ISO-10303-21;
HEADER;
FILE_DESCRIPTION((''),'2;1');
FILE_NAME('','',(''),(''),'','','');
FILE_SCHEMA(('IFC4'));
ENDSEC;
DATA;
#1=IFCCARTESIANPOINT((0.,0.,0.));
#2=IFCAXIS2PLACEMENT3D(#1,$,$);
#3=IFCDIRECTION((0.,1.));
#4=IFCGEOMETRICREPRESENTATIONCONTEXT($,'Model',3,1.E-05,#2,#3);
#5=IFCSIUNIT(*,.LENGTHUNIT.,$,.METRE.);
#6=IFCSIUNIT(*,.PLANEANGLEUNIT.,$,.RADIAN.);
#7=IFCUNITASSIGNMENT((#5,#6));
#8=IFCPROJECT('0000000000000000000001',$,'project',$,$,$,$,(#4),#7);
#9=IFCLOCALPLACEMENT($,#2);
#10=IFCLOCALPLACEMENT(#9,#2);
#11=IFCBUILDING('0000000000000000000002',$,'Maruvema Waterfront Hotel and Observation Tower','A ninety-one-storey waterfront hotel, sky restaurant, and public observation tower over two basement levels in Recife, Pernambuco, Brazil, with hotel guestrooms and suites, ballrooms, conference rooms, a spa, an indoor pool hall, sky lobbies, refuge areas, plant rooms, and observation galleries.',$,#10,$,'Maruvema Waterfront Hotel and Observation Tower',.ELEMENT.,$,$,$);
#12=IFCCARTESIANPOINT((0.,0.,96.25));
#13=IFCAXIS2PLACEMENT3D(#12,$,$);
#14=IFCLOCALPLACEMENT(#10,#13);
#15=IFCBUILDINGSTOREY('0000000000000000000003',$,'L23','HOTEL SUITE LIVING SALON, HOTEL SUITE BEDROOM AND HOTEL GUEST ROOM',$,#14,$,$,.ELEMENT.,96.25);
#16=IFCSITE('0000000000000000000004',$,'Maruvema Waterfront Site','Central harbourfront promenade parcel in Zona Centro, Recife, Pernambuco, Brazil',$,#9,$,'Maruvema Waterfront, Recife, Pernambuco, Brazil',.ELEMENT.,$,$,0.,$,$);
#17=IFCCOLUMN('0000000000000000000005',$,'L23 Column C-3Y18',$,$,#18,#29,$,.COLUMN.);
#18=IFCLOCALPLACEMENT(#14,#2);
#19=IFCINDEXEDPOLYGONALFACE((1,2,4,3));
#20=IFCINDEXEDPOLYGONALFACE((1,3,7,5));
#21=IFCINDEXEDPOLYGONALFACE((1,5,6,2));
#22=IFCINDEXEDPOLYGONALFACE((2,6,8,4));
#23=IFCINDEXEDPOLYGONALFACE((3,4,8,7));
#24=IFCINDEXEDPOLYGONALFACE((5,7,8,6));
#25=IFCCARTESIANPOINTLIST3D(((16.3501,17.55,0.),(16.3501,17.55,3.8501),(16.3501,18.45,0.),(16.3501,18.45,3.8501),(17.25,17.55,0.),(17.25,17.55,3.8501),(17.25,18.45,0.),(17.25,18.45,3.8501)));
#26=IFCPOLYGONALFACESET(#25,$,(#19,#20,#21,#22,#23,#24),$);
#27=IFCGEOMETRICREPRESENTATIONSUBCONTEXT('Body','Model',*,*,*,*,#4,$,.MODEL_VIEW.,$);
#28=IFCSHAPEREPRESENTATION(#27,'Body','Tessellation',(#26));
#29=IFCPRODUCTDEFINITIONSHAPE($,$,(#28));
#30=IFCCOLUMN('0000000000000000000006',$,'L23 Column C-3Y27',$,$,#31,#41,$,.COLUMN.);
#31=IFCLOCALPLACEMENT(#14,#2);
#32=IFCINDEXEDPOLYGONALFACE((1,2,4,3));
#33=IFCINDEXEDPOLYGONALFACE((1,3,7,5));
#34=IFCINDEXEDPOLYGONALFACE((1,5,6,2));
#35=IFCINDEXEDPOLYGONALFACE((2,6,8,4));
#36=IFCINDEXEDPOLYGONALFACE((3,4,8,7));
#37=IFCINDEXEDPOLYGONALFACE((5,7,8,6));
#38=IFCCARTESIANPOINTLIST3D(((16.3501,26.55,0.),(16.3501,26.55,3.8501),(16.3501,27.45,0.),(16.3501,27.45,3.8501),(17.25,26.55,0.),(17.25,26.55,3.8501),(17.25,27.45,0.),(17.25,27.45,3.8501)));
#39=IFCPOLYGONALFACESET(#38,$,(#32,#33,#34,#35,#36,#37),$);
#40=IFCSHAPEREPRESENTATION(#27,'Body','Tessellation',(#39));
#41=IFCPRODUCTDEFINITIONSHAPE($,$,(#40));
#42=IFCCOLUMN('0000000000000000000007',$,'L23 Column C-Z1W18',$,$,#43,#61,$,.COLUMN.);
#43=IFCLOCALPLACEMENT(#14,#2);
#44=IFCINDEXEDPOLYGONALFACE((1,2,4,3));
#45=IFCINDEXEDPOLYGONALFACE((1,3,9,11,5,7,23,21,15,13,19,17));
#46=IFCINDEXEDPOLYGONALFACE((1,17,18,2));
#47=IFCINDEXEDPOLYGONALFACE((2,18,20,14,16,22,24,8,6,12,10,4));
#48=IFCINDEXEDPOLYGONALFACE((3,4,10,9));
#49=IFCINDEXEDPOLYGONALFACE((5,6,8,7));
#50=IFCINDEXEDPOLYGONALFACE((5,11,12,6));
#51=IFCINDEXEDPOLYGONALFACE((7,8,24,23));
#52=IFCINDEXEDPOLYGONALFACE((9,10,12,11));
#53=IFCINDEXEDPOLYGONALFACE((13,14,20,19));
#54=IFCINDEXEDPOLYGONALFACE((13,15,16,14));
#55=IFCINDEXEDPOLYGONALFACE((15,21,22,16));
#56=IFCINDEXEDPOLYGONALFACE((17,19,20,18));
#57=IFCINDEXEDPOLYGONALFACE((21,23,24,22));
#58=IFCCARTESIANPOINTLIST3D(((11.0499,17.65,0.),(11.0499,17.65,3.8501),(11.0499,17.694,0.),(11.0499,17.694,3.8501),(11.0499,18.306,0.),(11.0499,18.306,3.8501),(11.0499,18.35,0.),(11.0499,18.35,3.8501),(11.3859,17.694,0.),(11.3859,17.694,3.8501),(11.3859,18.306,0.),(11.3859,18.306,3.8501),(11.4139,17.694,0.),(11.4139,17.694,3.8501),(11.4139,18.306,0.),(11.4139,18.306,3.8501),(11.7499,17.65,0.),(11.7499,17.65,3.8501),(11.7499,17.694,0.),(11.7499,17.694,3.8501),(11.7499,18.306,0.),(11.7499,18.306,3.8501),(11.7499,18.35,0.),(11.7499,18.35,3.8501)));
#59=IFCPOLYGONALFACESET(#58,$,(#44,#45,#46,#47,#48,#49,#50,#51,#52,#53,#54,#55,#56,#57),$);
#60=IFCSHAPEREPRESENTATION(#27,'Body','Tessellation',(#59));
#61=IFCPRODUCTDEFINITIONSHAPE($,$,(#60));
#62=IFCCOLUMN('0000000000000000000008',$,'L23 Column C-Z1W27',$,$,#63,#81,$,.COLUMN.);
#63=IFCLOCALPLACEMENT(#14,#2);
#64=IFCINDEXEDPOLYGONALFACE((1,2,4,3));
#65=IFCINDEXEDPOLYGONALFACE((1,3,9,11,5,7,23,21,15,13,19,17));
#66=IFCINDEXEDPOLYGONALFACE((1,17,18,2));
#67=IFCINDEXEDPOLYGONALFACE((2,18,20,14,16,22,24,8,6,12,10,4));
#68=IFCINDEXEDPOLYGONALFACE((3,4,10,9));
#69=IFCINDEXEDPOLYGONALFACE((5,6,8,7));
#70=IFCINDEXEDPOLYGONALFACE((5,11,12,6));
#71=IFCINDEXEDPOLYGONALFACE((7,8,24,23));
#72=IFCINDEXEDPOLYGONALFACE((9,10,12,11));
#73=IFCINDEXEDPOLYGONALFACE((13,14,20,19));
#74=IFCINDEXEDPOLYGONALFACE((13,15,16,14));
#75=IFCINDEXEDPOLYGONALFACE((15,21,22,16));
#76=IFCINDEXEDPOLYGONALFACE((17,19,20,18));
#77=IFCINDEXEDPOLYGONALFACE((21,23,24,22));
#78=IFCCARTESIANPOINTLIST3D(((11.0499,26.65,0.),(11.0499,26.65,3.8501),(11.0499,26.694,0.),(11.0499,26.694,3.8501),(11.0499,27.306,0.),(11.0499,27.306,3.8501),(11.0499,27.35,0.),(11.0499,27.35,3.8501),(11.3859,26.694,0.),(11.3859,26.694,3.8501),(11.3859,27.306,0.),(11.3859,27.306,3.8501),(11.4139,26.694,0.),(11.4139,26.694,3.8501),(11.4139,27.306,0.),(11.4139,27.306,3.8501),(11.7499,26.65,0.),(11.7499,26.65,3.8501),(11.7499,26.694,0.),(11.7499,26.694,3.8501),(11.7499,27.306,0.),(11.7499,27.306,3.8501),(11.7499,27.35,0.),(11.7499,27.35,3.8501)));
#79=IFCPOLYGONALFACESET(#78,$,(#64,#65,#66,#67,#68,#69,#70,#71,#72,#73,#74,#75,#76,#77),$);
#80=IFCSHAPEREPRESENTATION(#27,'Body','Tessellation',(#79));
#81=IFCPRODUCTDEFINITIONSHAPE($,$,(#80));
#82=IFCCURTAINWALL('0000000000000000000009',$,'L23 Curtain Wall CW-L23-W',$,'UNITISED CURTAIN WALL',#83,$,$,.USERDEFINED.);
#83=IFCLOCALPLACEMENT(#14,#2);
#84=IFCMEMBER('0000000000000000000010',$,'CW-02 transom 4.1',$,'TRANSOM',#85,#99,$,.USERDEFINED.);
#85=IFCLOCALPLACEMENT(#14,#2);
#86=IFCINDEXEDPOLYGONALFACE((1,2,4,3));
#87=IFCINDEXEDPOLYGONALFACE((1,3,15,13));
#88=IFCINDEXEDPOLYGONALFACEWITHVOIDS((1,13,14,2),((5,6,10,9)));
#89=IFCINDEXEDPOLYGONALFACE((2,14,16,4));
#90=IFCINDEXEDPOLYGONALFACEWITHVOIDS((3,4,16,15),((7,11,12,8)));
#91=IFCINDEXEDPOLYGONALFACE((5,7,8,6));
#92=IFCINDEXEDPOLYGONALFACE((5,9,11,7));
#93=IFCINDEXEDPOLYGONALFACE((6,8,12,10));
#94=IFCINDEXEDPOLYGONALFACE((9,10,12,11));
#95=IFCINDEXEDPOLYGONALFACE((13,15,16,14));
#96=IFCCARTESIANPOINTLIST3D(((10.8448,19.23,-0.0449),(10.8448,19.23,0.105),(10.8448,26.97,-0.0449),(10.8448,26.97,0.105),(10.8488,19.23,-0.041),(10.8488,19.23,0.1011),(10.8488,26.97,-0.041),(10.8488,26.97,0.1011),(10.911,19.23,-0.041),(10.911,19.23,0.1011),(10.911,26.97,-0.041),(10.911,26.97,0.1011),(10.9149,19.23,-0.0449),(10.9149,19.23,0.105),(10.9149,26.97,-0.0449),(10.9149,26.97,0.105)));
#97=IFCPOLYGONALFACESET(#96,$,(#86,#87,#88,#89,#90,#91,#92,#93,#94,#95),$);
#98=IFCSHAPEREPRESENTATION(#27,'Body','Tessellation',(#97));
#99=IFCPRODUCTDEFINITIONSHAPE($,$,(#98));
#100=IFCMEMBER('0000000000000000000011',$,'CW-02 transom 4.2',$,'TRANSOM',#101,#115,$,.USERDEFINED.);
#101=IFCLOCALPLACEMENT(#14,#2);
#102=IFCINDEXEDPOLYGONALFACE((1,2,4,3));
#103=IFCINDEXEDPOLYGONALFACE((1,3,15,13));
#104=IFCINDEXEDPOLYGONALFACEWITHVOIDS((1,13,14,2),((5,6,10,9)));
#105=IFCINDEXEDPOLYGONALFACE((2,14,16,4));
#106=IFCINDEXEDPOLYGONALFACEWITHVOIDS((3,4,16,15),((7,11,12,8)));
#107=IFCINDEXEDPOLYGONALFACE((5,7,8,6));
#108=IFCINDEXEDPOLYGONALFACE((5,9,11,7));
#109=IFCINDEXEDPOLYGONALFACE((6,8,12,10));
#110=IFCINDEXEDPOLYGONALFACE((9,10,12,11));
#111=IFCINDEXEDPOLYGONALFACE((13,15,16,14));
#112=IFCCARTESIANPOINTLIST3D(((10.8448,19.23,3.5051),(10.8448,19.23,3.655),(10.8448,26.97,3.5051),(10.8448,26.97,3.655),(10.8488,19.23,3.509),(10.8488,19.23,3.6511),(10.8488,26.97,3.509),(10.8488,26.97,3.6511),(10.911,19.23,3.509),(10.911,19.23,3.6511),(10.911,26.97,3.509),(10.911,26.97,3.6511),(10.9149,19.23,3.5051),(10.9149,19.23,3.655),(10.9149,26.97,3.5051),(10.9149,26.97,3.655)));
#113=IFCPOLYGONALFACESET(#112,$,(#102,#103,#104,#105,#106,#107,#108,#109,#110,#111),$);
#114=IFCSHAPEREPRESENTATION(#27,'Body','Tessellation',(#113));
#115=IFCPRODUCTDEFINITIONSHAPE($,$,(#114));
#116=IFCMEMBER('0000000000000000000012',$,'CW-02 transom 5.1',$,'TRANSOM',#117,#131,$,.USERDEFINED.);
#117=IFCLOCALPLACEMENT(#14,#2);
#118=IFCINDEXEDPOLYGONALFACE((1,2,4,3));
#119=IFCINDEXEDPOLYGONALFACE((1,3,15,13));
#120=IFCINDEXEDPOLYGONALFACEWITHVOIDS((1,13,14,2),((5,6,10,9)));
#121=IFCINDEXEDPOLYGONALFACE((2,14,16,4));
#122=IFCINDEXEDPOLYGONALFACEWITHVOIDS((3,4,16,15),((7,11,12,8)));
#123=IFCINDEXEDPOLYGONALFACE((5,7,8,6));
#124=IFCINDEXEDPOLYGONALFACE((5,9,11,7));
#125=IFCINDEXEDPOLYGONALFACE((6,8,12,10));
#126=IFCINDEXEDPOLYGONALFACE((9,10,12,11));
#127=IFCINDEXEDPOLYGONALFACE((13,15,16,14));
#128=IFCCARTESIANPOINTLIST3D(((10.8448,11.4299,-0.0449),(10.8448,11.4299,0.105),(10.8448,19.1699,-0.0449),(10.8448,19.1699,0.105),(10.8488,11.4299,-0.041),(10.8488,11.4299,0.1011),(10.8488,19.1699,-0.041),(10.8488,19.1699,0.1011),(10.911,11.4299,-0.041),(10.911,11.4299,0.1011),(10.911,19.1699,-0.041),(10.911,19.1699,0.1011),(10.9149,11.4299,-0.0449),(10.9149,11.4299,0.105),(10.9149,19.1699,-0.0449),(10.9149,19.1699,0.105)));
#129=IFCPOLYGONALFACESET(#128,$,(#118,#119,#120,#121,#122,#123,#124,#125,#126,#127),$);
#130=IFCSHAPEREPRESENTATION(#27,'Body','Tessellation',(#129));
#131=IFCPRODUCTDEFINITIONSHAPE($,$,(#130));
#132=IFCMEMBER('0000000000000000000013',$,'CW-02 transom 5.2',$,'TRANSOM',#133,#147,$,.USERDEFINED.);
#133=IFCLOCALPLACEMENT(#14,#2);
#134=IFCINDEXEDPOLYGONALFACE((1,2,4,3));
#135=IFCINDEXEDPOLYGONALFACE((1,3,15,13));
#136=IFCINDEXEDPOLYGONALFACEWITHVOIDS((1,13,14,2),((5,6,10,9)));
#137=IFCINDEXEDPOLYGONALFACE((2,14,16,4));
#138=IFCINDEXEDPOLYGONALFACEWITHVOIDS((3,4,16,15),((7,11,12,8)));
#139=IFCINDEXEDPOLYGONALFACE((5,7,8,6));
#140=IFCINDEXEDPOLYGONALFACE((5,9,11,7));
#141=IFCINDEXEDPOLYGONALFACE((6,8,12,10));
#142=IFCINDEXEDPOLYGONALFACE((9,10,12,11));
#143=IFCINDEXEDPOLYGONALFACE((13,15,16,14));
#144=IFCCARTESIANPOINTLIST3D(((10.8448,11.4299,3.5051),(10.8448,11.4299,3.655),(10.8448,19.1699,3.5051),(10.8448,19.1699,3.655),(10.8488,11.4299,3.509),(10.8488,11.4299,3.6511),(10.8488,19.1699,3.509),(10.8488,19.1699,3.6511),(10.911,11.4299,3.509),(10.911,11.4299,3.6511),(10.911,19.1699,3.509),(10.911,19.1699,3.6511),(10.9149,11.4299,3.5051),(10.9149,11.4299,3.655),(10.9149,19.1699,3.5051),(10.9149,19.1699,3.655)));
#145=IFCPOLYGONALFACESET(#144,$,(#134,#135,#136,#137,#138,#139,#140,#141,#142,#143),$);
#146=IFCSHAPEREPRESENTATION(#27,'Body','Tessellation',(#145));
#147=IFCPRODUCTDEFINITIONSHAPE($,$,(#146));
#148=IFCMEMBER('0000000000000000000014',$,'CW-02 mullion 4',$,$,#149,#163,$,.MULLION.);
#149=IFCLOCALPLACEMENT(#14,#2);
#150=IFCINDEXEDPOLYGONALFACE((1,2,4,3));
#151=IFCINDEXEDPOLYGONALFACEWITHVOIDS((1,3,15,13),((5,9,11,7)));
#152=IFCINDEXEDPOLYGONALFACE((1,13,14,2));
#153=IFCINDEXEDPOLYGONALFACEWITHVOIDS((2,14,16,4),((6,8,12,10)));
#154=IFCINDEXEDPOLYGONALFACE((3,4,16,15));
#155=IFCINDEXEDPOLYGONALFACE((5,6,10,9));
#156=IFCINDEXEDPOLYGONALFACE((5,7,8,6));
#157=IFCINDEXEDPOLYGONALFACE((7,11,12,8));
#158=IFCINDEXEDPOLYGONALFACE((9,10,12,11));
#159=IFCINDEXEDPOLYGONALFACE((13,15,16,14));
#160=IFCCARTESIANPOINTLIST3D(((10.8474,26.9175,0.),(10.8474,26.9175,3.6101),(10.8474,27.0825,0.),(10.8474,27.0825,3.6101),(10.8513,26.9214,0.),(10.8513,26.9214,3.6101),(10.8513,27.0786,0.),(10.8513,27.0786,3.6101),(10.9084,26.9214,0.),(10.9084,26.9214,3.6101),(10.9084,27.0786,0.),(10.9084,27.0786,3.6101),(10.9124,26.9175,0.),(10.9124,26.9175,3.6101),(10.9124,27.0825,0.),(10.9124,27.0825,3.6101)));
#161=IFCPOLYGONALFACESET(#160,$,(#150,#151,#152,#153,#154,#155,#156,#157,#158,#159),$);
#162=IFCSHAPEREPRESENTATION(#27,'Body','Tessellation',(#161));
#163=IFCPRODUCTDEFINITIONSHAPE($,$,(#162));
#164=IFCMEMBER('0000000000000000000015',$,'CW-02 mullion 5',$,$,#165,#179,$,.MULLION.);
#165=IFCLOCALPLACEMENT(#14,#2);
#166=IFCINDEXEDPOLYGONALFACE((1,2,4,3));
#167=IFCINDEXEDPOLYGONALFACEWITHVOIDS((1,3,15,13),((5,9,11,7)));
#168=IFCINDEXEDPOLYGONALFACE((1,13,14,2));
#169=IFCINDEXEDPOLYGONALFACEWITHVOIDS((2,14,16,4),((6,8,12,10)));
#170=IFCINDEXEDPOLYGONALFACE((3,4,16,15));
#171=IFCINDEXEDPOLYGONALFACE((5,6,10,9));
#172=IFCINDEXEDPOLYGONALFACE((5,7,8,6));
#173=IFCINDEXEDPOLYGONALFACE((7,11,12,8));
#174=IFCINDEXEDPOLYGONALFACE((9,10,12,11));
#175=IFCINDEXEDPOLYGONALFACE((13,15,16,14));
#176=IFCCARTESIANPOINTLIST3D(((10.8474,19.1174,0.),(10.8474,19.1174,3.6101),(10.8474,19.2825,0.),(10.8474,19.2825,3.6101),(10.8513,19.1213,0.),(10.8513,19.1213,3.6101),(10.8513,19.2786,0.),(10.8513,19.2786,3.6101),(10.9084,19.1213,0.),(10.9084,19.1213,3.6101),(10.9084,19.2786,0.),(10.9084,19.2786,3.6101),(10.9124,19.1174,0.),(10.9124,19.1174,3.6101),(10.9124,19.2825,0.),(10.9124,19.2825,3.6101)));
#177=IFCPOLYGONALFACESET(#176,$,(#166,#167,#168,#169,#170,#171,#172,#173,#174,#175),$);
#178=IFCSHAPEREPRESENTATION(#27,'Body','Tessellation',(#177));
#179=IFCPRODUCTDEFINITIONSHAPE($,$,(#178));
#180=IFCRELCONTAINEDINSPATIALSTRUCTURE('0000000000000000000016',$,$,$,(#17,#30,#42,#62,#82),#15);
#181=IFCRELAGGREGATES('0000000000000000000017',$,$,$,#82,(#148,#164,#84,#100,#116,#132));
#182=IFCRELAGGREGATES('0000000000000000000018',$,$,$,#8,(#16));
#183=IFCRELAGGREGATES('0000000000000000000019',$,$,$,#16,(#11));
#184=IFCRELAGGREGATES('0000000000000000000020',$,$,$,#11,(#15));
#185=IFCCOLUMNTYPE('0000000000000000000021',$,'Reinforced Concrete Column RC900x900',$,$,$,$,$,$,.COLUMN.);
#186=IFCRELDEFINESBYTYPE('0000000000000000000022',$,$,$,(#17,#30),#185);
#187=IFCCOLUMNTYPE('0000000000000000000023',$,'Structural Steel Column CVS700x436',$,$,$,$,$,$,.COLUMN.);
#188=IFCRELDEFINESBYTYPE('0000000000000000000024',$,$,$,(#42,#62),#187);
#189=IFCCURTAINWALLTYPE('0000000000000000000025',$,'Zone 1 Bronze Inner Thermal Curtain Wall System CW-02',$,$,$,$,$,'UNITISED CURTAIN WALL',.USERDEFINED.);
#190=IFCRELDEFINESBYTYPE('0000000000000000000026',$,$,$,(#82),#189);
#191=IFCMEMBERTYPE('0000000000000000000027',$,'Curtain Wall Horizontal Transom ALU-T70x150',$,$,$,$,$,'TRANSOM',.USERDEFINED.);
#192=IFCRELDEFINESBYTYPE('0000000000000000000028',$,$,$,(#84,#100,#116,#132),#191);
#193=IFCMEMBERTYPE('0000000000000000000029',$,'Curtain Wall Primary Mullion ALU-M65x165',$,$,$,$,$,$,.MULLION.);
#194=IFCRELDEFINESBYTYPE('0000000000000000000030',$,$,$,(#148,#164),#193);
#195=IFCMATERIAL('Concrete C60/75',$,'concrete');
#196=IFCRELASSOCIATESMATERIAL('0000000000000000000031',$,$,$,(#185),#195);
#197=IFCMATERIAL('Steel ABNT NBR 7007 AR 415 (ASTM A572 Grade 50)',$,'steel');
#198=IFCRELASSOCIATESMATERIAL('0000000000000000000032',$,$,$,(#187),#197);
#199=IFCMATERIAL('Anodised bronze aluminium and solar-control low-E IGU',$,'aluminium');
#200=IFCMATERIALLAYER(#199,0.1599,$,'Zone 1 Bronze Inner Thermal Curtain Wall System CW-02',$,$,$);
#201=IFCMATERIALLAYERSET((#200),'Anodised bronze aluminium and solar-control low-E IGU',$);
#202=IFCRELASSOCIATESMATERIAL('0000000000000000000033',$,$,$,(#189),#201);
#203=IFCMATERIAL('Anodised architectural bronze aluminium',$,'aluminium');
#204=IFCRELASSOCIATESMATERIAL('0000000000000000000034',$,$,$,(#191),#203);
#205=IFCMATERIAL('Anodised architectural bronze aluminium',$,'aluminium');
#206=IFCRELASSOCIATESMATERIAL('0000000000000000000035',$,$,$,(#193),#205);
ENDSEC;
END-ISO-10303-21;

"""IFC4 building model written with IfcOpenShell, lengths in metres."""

from ifc_helpers import new_model, si_unit, direction, frame, origin, origin_2d, place, context, subcontext, project, spatial, rectangle, hollow_rectangle, i_section, extrude, material, layer, layer_set, material_profile, profile_set, type_object, element, aggregate, save


model = new_model("IFC4")

# Units and contexts
model_context = context("Model", 3, precision=1e-05, world=origin(), true_north=direction((0.0, 1.0)))
body_context = subcontext(model_context, "Body", "Model", "MODEL_VIEW")
ifc_project = project(units=[si_unit("LENGTHUNIT", "METRE"), si_unit("PLANEANGLEUNIT", "RADIAN")], contexts=[model_context])

# Site, building, storey
site_placement = place(None, origin())
site = spatial("IfcSite", under=ifc_project, at=site_placement, Name="Maruvema Waterfront Site", Description="Central harbourfront promenade parcel in Zona Centro, Recife, Pernambuco, Brazil", LongName="Maruvema Waterfront, Recife, Pernambuco, Brazil", CompositionType="ELEMENT", RefElevation=0.0)
building_placement = place(site_placement, origin())
building = spatial("IfcBuilding", under=site, at=building_placement, Name="Maruvema Waterfront Hotel and Observation Tower", Description="A ninety-one-storey waterfront hotel, sky restaurant, and public observation tower over two basement levels in Recife, Pernambuco, Brazil, with hotel guestrooms and suites, ballrooms, conference rooms, a spa, an indoor pool hall, sky lobbies, refuge areas, plant rooms, and observation galleries.", LongName="Maruvema Waterfront Hotel and Observation Tower", CompositionType="ELEMENT")
storey_placement = place(building_placement, frame((0.0, 0.0, 96.25)))
storey = spatial("IfcBuildingStorey", under=building, at=storey_placement, Name="L23", Description="HOTEL SUITE LIVING SALON, HOTEL SUITE BEDROOM AND HOTEL GUEST ROOM", CompositionType="ELEMENT", Elevation=96.25)

# Columns
ifc_material_1 = material(Name="Concrete C60/75", Category="concrete")
ifc_material_profile_1 = material_profile(ifc_material_1, rectangle(XDim=0.8999, YDim=0.8999, at=origin_2d()), Name="RC900x900")
ifc_profile_set_1 = profile_set([ifc_material_profile_1], Name="Concrete C60/75")
column_type_1 = type_object("IfcColumnType", Name="Reinforced Concrete Column RC900x900", PredefinedType="COLUMN", material=ifc_profile_set_1)
for number, where, z_axis, x_axis, name in (
    (1, (16.8, 18.0, 0.0), (0.0, 0.0, 1.0), (1.0, 0.0, 0.0), "L23 Column C-3Y18"),
    (2, (16.8, 27.0, 0.0), (0.0, 0.0, 1.0), (1.0, 0.0, 0.0), "L23 Column C-3Y27"),
):
    element("IfcColumn", number, at=place(storey_placement, frame(where, z_axis=z_axis, x_axis=x_axis)), inside=storey, type_object=column_type_1, Name=name, PredefinedType="COLUMN", context=body_context, shape_type="SweptSolid", body=[
        extrude(rectangle(XDim=0.8999, YDim=0.8999, at=origin_2d()), origin(), (0.0, 0.0, 1.0), 3.8501),
    ])
ifc_material_2 = material(Name="Steel ABNT NBR 7007 AR 415 (ASTM A572 Grade 50)", Category="steel")
ifc_material_profile_2 = material_profile(ifc_material_2, i_section(OverallWidth=0.7, OverallDepth=0.7, WebThickness=0.0281, FlangeThickness=0.0439, at=origin_2d()), Name="CVS700x436")
ifc_profile_set_2 = profile_set([ifc_material_profile_2], Name="Steel ABNT NBR 7007 AR 415 (ASTM A572 Grade 50)")
column_type_2 = type_object("IfcColumnType", Name="Structural Steel Column CVS700x436", PredefinedType="COLUMN", material=ifc_profile_set_2)
for number, where, z_axis, x_axis, name in (
    (3, (11.3999, 18.0, 0.0), (0.0, 0.0, 1.0), (1.0, 0.0, 0.0), "L23 Column C-Z1W18"),
    (4, (11.3999, 27.0, 0.0), (0.0, 0.0, 1.0), (1.0, 0.0, 0.0), "L23 Column C-Z1W27"),
):
    element("IfcColumn", number, at=place(storey_placement, frame(where, z_axis=z_axis, x_axis=x_axis)), inside=storey, type_object=column_type_2, Name=name, PredefinedType="COLUMN", context=body_context, shape_type="SweptSolid", body=[
        extrude(i_section(OverallWidth=0.7, OverallDepth=0.7, WebThickness=0.0281, FlangeThickness=0.0439, at=origin_2d()), origin(), (0.0, 0.0, 1.0), 3.8501),
    ])

# Curtain wall, members
ifc_material_3 = material(Name="Anodised bronze aluminium and solar-control low-E IGU", Category="aluminium")
ifc_layer_1 = layer(ifc_material_3, 0.1599, Name="Zone 1 Bronze Inner Thermal Curtain Wall System CW-02")
ifc_layer_set_1 = layer_set([ifc_layer_1], Name="Anodised bronze aluminium and solar-control low-E IGU")
curtain_wall_type = type_object("IfcCurtainWallType", Name="Zone 1 Bronze Inner Thermal Curtain Wall System CW-02", ElementType="UNITISED CURTAIN WALL", PredefinedType="USERDEFINED", material=ifc_layer_set_1)
curtain_wall_placement = place(storey_placement, origin())
curtain_wall = element("IfcCurtainWall", 5, at=curtain_wall_placement, inside=storey, type_object=curtain_wall_type, Name="L23 Curtain Wall CW-L23-W", ObjectType="UNITISED CURTAIN WALL", PredefinedType="USERDEFINED")
ifc_material_4 = material(Name="Anodised architectural bronze aluminium", Category="aluminium")
ifc_material_profile_3 = material_profile(ifc_material_4, hollow_rectangle(XDim=0.0701, YDim=0.1499, WallThickness=0.0039, at=origin_2d()), Name="ALU-T70x150")
ifc_profile_set_3 = profile_set([ifc_material_profile_3], Name="Anodised architectural bronze aluminium")
member_type_1 = type_object("IfcMemberType", Name="Curtain Wall Horizontal Transom ALU-T70x150", ElementType="TRANSOM", PredefinedType="USERDEFINED", material=ifc_profile_set_3)
member_1_placement = place(storey_placement, frame((10.8799, 26.97, 0.03), z_axis=(0.0, -1.0, 0.0), x_axis=(1.0, 0.0, 0.0)))
member_1 = element("IfcMember", 6, at=member_1_placement, type_object=member_type_1, Name="CW-02 transom 4.1", ObjectType="TRANSOM", PredefinedType="USERDEFINED", context=body_context, shape_type="SweptSolid", body=[
    extrude(hollow_rectangle(XDim=0.0701, YDim=0.1499, WallThickness=0.0039, at=origin_2d()), origin(), (0.0, 0.0, 1.0), 7.74),
])
member_2_placement = place(storey_placement, frame((10.8799, 26.97, 3.5801), z_axis=(0.0, -1.0, 0.0), x_axis=(1.0, 0.0, 0.0)))
member_2 = element("IfcMember", 7, at=member_2_placement, type_object=member_type_1, Name="CW-02 transom 4.2", ObjectType="TRANSOM", PredefinedType="USERDEFINED", context=body_context, shape_type="SweptSolid", body=[
    extrude(hollow_rectangle(XDim=0.0701, YDim=0.1499, WallThickness=0.0039, at=origin_2d()), origin(), (0.0, 0.0, 1.0), 7.74),
])
member_3_placement = place(storey_placement, frame((10.8799, 19.1699, 0.03), z_axis=(0.0, -1.0, 0.0), x_axis=(1.0, 0.0, 0.0)))
member_3 = element("IfcMember", 8, at=member_3_placement, type_object=member_type_1, Name="CW-02 transom 5.1", ObjectType="TRANSOM", PredefinedType="USERDEFINED", context=body_context, shape_type="SweptSolid", body=[
    extrude(hollow_rectangle(XDim=0.0701, YDim=0.1499, WallThickness=0.0039, at=origin_2d()), origin(), (0.0, 0.0, 1.0), 7.74),
])
member_4_placement = place(storey_placement, frame((10.8799, 19.1699, 3.5801), z_axis=(0.0, -1.0, 0.0), x_axis=(1.0, 0.0, 0.0)))
member_4 = element("IfcMember", 9, at=member_4_placement, type_object=member_type_1, Name="CW-02 transom 5.2", ObjectType="TRANSOM", PredefinedType="USERDEFINED", context=body_context, shape_type="SweptSolid", body=[
    extrude(hollow_rectangle(XDim=0.0701, YDim=0.1499, WallThickness=0.0039, at=origin_2d()), origin(), (0.0, 0.0, 1.0), 7.74),
])
ifc_material_5 = material(Name="Anodised architectural bronze aluminium", Category="aluminium")
ifc_material_profile_4 = material_profile(ifc_material_5, hollow_rectangle(XDim=0.0649, YDim=0.165, WallThickness=0.0039, at=origin_2d()), Name="ALU-M65x165")
ifc_profile_set_4 = profile_set([ifc_material_profile_4], Name="Anodised architectural bronze aluminium")
member_type_2 = type_object("IfcMemberType", Name="Curtain Wall Primary Mullion ALU-M65x165", PredefinedType="MULLION", material=ifc_profile_set_4)
member_5_placement = place(storey_placement, frame((10.8799, 27.0, 0.0), z_axis=(0.0, 0.0, 1.0), x_axis=(1.0, 0.0, 0.0)))
member_5 = element("IfcMember", 10, at=member_5_placement, type_object=member_type_2, Name="CW-02 mullion 4", PredefinedType="MULLION", context=body_context, shape_type="SweptSolid", body=[
    extrude(hollow_rectangle(XDim=0.0649, YDim=0.165, WallThickness=0.0039, at=origin_2d()), origin(), (0.0, 0.0, 1.0), 3.6101),
])
member_6_placement = place(storey_placement, frame((10.8799, 19.2, 0.0), z_axis=(0.0, 0.0, 1.0), x_axis=(1.0, 0.0, 0.0)))
member_6 = element("IfcMember", 11, at=member_6_placement, type_object=member_type_2, Name="CW-02 mullion 5", PredefinedType="MULLION", context=body_context, shape_type="SweptSolid", body=[
    extrude(hollow_rectangle(XDim=0.0649, YDim=0.165, WallThickness=0.0039, at=origin_2d()), origin(), (0.0, 0.0, 1.0), 3.6101),
])

aggregate(curtain_wall, [member_5, member_6, member_1, member_2, member_3, member_4])

save(model, "model.ifc")
